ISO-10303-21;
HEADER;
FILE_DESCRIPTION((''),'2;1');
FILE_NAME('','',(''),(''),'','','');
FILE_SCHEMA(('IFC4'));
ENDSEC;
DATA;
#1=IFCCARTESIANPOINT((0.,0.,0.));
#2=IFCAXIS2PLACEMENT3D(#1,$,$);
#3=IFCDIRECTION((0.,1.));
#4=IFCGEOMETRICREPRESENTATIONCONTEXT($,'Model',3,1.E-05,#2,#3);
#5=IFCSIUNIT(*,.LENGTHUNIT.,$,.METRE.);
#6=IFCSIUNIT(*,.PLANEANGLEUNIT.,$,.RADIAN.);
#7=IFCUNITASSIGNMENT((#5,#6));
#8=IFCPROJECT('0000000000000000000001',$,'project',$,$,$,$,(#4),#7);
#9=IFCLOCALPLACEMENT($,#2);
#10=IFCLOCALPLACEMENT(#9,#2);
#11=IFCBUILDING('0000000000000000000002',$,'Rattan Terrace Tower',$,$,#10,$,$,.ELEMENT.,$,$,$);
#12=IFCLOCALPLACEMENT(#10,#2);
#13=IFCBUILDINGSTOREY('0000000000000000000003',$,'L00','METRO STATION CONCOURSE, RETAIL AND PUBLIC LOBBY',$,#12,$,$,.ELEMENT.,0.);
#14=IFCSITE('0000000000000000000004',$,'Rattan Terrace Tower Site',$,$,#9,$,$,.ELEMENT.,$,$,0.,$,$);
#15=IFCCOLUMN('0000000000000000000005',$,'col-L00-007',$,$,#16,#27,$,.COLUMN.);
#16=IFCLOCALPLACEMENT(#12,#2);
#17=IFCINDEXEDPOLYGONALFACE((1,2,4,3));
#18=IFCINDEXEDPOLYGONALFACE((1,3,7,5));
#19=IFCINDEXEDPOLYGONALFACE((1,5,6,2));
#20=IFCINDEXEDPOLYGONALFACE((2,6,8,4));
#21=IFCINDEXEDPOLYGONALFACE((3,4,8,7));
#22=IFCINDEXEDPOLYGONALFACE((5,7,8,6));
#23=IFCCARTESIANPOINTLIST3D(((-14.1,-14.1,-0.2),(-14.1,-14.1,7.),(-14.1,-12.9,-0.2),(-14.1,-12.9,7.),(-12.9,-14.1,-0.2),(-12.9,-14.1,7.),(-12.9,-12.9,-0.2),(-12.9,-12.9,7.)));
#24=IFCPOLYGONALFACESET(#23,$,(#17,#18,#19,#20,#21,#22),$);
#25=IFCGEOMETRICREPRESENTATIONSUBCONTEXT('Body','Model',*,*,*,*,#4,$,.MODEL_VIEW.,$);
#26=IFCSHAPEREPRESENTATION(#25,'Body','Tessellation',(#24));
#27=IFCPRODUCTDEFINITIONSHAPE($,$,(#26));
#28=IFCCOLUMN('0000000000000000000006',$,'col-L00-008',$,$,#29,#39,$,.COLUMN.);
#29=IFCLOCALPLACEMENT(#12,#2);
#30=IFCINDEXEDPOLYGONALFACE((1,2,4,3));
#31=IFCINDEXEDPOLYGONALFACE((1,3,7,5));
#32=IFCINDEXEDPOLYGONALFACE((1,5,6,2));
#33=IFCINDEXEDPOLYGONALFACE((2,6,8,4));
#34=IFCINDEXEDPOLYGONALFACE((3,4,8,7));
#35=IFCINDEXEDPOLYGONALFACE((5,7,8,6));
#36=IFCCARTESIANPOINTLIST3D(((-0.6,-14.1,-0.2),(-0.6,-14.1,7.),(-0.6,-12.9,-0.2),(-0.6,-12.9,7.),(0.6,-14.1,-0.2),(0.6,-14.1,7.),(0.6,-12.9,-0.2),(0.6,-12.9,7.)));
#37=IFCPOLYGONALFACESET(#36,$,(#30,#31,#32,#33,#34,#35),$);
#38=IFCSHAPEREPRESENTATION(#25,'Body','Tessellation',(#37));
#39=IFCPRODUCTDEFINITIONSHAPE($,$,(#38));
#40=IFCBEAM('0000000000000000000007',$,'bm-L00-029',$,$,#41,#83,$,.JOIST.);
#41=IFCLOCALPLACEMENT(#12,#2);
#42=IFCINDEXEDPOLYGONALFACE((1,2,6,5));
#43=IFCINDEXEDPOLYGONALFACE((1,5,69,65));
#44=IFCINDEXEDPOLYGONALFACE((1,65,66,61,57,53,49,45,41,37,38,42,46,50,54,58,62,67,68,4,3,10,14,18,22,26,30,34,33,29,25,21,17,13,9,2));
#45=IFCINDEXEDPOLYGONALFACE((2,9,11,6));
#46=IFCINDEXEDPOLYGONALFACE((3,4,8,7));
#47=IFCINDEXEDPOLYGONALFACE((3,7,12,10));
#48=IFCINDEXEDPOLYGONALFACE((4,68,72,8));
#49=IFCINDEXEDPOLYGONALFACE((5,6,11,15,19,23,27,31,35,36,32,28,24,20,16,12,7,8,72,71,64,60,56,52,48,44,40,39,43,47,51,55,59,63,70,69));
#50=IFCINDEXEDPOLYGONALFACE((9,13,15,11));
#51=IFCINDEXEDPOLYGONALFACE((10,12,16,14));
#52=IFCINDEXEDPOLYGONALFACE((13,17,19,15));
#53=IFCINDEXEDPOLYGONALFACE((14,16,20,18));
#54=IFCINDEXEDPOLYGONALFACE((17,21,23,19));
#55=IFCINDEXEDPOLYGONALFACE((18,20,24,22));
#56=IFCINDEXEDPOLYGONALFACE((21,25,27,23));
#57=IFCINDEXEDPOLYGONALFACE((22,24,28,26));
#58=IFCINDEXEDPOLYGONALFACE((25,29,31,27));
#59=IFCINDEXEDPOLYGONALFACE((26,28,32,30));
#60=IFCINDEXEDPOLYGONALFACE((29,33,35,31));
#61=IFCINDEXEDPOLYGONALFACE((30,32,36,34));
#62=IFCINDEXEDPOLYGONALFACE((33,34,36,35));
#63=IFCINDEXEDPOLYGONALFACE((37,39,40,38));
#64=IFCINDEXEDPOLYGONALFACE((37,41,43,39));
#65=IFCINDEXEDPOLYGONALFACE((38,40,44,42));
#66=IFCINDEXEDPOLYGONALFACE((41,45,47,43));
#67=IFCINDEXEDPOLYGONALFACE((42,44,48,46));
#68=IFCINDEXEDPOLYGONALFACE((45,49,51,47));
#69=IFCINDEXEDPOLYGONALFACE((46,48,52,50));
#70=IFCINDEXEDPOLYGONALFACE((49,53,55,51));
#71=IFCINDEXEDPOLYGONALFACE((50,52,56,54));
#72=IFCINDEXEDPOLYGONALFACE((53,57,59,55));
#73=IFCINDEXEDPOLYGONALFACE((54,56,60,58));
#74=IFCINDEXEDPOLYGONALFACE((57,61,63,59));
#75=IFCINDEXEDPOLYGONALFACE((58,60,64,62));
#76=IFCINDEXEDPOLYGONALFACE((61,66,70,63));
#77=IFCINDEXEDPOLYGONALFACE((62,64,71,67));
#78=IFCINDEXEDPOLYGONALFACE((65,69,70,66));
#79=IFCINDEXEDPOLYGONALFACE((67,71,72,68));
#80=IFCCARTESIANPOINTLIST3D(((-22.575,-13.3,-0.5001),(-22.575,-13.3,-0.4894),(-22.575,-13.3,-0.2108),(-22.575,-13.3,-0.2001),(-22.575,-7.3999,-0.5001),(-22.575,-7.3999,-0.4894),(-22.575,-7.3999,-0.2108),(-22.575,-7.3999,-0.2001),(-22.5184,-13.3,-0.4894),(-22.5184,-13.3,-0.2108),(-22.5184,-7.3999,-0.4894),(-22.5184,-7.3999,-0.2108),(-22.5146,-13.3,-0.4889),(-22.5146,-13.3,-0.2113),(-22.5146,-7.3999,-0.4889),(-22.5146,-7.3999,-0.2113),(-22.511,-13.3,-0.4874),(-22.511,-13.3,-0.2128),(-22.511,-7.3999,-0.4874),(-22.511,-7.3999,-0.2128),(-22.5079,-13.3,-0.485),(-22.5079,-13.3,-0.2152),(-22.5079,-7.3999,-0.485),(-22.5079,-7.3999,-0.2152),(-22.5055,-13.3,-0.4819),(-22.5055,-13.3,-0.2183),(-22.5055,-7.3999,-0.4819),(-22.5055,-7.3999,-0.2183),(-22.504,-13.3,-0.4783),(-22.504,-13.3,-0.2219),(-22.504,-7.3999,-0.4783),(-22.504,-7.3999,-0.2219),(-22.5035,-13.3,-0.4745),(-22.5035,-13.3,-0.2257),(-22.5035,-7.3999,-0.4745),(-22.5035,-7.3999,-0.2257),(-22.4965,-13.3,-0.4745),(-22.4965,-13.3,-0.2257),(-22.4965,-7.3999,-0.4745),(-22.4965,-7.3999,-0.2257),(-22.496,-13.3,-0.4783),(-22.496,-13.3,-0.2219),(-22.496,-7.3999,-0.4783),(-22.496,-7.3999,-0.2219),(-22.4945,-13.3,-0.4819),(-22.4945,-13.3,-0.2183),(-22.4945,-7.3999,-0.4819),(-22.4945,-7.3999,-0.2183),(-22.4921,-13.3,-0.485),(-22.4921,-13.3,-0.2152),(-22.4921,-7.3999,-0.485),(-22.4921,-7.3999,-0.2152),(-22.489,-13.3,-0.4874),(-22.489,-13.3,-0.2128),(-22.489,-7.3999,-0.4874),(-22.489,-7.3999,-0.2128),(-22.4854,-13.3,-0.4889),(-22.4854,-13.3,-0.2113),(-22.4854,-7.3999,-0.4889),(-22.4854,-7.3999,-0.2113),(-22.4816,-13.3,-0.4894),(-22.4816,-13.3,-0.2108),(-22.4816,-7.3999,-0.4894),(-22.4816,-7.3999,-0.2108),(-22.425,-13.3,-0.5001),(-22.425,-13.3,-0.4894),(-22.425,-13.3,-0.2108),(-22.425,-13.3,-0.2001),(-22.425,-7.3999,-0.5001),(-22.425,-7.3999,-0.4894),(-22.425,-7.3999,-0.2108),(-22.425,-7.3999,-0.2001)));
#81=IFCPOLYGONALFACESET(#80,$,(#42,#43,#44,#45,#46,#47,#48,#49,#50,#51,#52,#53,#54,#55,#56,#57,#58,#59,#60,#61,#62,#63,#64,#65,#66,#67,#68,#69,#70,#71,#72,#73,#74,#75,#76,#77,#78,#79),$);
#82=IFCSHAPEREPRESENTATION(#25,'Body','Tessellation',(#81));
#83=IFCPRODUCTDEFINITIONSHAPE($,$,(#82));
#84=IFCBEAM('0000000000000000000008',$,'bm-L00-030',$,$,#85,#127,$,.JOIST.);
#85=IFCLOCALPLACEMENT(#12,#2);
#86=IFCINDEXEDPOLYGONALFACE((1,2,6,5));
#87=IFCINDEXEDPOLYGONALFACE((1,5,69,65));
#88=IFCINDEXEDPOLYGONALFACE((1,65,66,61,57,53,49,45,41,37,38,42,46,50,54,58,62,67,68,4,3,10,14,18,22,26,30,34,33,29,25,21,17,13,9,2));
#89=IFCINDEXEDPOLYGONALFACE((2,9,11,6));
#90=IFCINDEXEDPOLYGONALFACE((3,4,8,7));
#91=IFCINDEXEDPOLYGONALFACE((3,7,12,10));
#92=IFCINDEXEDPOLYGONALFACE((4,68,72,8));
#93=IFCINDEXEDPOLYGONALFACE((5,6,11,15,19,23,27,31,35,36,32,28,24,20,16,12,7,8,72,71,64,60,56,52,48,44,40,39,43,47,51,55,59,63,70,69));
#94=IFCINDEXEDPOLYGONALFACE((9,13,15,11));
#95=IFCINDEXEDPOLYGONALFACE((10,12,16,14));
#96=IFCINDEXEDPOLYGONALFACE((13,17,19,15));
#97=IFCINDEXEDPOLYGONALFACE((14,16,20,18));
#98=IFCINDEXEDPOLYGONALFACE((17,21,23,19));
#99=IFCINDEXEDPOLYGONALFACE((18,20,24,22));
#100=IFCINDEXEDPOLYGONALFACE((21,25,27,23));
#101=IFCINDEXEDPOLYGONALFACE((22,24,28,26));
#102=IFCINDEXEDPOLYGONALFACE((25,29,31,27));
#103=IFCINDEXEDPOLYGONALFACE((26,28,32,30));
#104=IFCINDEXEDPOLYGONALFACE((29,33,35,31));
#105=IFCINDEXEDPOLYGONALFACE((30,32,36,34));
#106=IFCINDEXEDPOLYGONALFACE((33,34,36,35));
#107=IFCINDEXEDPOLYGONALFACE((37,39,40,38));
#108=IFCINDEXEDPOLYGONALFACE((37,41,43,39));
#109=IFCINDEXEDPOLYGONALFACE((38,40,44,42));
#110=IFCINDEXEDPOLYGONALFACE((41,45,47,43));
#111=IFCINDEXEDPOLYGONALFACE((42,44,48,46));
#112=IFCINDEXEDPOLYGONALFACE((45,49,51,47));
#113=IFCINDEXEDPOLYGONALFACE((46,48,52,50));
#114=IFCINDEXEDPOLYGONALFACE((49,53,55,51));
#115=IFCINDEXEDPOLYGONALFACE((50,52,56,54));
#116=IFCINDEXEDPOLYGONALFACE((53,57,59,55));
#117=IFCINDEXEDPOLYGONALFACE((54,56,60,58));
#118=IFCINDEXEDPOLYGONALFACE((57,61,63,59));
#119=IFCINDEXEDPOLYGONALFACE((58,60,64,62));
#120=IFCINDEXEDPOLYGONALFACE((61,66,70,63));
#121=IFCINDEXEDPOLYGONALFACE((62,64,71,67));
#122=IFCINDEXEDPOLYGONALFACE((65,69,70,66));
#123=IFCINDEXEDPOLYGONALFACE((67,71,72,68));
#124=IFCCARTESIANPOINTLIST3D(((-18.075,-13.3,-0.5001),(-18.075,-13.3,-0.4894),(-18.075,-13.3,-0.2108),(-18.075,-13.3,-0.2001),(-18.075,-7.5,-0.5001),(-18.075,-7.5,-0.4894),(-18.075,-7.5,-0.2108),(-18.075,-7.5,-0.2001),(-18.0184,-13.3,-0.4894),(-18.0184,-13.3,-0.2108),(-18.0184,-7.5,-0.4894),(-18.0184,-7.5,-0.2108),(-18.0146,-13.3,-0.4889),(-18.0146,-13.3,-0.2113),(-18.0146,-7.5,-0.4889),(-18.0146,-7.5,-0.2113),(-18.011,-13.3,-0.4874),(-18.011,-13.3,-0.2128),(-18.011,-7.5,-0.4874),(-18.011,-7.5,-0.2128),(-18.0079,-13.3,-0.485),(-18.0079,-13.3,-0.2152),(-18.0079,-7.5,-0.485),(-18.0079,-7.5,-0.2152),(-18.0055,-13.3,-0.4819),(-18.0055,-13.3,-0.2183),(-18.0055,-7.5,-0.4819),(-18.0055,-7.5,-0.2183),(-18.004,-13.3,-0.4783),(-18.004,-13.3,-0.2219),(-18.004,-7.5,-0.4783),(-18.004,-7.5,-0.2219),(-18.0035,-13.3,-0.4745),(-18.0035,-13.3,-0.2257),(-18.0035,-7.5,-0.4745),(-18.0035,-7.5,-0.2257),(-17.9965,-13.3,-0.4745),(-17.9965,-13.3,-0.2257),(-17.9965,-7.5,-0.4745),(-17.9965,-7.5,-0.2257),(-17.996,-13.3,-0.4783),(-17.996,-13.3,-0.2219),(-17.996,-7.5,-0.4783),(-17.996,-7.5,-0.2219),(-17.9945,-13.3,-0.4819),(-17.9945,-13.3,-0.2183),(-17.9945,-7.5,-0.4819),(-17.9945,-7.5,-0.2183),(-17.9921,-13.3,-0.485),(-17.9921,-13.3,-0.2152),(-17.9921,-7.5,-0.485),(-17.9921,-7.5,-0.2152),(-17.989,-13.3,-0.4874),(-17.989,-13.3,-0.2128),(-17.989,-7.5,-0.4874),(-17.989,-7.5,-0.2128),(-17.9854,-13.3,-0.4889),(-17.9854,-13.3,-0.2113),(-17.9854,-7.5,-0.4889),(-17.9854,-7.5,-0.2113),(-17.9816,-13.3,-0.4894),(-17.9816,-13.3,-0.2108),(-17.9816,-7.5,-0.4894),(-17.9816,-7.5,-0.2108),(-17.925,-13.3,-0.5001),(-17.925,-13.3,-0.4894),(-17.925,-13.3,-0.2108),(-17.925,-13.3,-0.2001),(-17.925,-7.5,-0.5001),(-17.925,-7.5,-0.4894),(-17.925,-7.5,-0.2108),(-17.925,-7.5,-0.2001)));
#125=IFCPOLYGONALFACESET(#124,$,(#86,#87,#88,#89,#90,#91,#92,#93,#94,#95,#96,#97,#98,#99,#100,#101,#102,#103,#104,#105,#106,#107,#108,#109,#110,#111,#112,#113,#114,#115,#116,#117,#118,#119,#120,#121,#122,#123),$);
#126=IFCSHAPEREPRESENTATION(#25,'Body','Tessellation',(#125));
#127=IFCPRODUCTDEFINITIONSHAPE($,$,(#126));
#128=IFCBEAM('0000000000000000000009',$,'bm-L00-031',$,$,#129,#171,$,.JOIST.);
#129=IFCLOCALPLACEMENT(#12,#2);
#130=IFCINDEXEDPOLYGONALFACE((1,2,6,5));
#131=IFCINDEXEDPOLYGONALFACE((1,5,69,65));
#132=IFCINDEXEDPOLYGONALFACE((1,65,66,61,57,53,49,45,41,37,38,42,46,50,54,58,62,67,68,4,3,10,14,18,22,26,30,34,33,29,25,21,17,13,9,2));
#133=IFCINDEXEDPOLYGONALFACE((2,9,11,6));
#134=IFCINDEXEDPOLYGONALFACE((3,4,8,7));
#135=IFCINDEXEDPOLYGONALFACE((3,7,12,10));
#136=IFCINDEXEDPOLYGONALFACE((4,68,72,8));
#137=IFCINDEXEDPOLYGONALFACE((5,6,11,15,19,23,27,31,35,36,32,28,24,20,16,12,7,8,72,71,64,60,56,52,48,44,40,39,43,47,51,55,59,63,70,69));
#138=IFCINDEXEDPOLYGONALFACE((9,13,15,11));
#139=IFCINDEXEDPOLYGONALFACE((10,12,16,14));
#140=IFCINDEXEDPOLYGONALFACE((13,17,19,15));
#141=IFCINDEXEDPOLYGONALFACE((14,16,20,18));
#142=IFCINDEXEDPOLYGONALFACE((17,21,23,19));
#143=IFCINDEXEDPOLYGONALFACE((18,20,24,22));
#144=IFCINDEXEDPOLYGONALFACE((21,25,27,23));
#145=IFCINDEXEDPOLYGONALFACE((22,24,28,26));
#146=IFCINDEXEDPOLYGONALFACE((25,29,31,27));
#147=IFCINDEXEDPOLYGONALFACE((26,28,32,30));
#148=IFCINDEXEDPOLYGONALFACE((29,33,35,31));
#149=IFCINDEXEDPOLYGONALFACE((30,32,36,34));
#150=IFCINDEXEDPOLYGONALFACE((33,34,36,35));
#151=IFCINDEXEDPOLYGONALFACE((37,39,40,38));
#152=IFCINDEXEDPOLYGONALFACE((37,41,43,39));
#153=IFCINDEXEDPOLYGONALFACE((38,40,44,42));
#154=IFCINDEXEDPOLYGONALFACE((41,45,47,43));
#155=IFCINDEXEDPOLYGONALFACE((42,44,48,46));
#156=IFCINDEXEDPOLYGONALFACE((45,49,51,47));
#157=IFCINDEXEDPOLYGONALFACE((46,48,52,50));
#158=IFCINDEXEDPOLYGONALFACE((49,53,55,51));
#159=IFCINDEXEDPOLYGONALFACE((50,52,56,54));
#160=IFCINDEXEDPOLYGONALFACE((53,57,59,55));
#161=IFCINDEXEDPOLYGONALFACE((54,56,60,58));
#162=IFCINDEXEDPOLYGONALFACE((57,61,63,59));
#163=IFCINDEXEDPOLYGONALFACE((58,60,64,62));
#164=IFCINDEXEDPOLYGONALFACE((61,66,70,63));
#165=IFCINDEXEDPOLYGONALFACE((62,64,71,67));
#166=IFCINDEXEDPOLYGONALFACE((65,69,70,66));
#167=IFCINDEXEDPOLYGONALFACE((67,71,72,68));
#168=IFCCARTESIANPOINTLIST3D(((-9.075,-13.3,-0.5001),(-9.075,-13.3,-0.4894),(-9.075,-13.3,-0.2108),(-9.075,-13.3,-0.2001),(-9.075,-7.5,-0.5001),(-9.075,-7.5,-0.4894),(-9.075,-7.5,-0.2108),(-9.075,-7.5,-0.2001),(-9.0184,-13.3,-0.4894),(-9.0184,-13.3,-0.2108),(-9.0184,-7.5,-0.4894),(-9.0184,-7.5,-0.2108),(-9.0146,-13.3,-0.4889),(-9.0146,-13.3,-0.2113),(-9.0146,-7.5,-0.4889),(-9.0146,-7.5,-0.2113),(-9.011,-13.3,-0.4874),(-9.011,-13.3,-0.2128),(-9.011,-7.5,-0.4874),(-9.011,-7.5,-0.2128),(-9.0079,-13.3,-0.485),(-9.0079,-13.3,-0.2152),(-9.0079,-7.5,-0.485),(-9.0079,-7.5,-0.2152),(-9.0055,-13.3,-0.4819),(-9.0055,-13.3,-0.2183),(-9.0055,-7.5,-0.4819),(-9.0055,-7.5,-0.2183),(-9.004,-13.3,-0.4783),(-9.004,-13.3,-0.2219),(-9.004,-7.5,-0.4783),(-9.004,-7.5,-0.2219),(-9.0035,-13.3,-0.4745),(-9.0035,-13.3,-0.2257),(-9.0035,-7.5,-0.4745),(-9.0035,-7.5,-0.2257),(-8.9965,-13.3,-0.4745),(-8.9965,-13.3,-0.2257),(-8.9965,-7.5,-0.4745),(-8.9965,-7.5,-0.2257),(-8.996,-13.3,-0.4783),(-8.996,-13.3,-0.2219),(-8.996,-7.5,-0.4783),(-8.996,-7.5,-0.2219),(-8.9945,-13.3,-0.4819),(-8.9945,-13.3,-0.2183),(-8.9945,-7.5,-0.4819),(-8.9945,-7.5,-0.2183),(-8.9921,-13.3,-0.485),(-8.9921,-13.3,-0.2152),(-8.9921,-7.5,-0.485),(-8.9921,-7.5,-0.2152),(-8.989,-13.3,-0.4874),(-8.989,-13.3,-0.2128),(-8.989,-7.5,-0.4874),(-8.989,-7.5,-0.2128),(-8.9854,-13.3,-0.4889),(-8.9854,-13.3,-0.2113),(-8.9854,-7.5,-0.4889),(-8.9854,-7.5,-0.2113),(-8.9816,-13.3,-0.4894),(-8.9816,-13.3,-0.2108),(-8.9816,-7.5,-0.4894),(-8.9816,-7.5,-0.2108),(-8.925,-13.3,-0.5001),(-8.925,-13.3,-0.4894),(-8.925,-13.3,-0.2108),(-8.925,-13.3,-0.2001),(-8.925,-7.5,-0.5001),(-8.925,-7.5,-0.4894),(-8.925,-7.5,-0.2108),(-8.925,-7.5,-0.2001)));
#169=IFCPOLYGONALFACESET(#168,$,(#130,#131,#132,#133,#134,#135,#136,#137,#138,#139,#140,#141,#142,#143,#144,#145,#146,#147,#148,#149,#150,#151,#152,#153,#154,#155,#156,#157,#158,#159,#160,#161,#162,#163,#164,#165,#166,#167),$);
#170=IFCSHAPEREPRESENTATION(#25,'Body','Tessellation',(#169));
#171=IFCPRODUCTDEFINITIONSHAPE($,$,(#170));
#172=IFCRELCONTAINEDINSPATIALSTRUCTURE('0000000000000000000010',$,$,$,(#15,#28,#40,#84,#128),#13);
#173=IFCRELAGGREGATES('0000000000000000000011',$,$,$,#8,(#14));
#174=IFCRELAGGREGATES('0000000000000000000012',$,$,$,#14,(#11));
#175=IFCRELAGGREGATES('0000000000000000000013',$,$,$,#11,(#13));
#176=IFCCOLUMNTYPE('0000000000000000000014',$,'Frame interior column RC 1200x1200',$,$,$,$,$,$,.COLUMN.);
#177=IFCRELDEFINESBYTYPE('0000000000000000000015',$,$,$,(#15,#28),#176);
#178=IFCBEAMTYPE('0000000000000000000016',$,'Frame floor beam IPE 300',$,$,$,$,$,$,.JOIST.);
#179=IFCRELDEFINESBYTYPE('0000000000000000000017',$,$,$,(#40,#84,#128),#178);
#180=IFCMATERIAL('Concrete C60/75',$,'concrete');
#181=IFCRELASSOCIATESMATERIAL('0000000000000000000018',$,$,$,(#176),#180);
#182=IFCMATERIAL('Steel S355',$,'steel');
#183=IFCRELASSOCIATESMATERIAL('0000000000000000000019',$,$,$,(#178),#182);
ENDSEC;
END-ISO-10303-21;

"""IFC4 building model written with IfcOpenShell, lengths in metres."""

from ifc_helpers import new_model, si_unit, direction, frame, origin, origin_2d, place, context, subcontext, project, spatial, rectangle, i_section, extrude, material, material_profile, profile_set, type_object, element, save


model = new_model("IFC4")

# Units and contexts
model_context = context("Model", 3, precision=1e-05, world=origin(), true_north=direction((0.0, 1.0)))
body_context = subcontext(model_context, "Body", "Model", "MODEL_VIEW")
ifc_project = project(units=[si_unit("LENGTHUNIT", "METRE"), si_unit("PLANEANGLEUNIT", "RADIAN")], contexts=[model_context])

# Site, building, storey
site_placement = place(None, origin())
site = spatial("IfcSite", under=ifc_project, at=site_placement, Name="Rattan Terrace Tower Site", CompositionType="ELEMENT", RefElevation=0.0)
building_placement = place(site_placement, origin())
building = spatial("IfcBuilding", under=site, at=building_placement, Name="Rattan Terrace Tower", CompositionType="ELEMENT")
storey_placement = place(building_placement, origin())
storey = spatial("IfcBuildingStorey", under=building, at=storey_placement, Name="L00", Description="METRO STATION CONCOURSE, RETAIL AND PUBLIC LOBBY", CompositionType="ELEMENT", Elevation=0.0)

# Columns
ifc_material_1 = material(Name="Concrete C60/75", Category="concrete")
ifc_material_profile_1 = material_profile(ifc_material_1, rectangle(XDim=1.2, YDim=1.2, at=origin_2d()), Name="RC 1200x1200")
ifc_profile_set_1 = profile_set([ifc_material_profile_1], Name="Concrete C60/75")
column_type = type_object("IfcColumnType", Name="Frame interior column RC 1200x1200", PredefinedType="COLUMN", material=ifc_profile_set_1)
for number, where, z_axis, x_axis, name in (
    (1, (-13.5, -13.5, -0.2), (0.0, 0.0, 1.0), (1.0, 0.0, 0.0), "col-L00-007"),
    (2, (0.0, -13.5, -0.2), (0.0, 0.0, 1.0), (1.0, 0.0, 0.0), "col-L00-008"),
):
    element("IfcColumn", number, at=place(storey_placement, frame(where, z_axis=z_axis, x_axis=x_axis)), inside=storey, type_object=column_type, Name=name, PredefinedType="COLUMN", context=body_context, shape_type="SweptSolid", body=[
        extrude(rectangle(XDim=1.2, YDim=1.2, at=origin_2d()), origin(), (0.0, 0.0, 1.0), 7.2),
    ])

# Beams
ifc_material_2 = material(Name="Steel S355", Category="steel")
ifc_material_profile_2 = material_profile(ifc_material_2, i_section(OverallWidth=0.1499, OverallDepth=0.3, WebThickness=0.0071, FlangeThickness=0.0107, FilletRadius=0.0149, at=origin_2d()), Name="IPE 300")
ifc_profile_set_2 = profile_set([ifc_material_profile_2], Name="Steel S355")
beam_type_1 = type_object("IfcBeamType", Name="Frame floor beam IPE 300", PredefinedType="JOIST", material=ifc_profile_set_2)
beam_1_placement = place(storey_placement, frame((-22.5, -13.3, -0.3501), z_axis=(0.0, 1.0, 0.0), x_axis=(-1.0, 0.0, 0.0)))
element("IfcBeam", 3, at=beam_1_placement, inside=storey, type_object=beam_type_1, Name="bm-L00-029", PredefinedType="JOIST", context=body_context, shape_type="SweptSolid", body=[
    extrude(i_section(OverallWidth=0.1499, OverallDepth=0.3, WebThickness=0.0071, FlangeThickness=0.0107, FilletRadius=0.0149, at=origin_2d()), origin(), (0.0, 0.0, 1.0), 5.9001),
])
for number, where, z_axis, x_axis, name in (
    (4, (-18.0, -13.3, -0.3501), (0.0, 1.0, 0.0), (-1.0, 0.0, 0.0), "bm-L00-030"),
    (5, (-9.0, -13.3, -0.3501), (0.0, 1.0, 0.0), (-1.0, 0.0, 0.0), "bm-L00-031"),
):
    element("IfcBeam", number, at=place(storey_placement, frame(where, z_axis=z_axis, x_axis=x_axis)), inside=storey, type_object=beam_type_1, Name=name, PredefinedType="JOIST", context=body_context, shape_type="SweptSolid", body=[
        extrude(i_section(OverallWidth=0.1499, OverallDepth=0.3, WebThickness=0.0071, FlangeThickness=0.0107, FilletRadius=0.0149, at=origin_2d()), origin(), (0.0, 0.0, 1.0), 5.8),
    ])

save(model, "model.ifc")
